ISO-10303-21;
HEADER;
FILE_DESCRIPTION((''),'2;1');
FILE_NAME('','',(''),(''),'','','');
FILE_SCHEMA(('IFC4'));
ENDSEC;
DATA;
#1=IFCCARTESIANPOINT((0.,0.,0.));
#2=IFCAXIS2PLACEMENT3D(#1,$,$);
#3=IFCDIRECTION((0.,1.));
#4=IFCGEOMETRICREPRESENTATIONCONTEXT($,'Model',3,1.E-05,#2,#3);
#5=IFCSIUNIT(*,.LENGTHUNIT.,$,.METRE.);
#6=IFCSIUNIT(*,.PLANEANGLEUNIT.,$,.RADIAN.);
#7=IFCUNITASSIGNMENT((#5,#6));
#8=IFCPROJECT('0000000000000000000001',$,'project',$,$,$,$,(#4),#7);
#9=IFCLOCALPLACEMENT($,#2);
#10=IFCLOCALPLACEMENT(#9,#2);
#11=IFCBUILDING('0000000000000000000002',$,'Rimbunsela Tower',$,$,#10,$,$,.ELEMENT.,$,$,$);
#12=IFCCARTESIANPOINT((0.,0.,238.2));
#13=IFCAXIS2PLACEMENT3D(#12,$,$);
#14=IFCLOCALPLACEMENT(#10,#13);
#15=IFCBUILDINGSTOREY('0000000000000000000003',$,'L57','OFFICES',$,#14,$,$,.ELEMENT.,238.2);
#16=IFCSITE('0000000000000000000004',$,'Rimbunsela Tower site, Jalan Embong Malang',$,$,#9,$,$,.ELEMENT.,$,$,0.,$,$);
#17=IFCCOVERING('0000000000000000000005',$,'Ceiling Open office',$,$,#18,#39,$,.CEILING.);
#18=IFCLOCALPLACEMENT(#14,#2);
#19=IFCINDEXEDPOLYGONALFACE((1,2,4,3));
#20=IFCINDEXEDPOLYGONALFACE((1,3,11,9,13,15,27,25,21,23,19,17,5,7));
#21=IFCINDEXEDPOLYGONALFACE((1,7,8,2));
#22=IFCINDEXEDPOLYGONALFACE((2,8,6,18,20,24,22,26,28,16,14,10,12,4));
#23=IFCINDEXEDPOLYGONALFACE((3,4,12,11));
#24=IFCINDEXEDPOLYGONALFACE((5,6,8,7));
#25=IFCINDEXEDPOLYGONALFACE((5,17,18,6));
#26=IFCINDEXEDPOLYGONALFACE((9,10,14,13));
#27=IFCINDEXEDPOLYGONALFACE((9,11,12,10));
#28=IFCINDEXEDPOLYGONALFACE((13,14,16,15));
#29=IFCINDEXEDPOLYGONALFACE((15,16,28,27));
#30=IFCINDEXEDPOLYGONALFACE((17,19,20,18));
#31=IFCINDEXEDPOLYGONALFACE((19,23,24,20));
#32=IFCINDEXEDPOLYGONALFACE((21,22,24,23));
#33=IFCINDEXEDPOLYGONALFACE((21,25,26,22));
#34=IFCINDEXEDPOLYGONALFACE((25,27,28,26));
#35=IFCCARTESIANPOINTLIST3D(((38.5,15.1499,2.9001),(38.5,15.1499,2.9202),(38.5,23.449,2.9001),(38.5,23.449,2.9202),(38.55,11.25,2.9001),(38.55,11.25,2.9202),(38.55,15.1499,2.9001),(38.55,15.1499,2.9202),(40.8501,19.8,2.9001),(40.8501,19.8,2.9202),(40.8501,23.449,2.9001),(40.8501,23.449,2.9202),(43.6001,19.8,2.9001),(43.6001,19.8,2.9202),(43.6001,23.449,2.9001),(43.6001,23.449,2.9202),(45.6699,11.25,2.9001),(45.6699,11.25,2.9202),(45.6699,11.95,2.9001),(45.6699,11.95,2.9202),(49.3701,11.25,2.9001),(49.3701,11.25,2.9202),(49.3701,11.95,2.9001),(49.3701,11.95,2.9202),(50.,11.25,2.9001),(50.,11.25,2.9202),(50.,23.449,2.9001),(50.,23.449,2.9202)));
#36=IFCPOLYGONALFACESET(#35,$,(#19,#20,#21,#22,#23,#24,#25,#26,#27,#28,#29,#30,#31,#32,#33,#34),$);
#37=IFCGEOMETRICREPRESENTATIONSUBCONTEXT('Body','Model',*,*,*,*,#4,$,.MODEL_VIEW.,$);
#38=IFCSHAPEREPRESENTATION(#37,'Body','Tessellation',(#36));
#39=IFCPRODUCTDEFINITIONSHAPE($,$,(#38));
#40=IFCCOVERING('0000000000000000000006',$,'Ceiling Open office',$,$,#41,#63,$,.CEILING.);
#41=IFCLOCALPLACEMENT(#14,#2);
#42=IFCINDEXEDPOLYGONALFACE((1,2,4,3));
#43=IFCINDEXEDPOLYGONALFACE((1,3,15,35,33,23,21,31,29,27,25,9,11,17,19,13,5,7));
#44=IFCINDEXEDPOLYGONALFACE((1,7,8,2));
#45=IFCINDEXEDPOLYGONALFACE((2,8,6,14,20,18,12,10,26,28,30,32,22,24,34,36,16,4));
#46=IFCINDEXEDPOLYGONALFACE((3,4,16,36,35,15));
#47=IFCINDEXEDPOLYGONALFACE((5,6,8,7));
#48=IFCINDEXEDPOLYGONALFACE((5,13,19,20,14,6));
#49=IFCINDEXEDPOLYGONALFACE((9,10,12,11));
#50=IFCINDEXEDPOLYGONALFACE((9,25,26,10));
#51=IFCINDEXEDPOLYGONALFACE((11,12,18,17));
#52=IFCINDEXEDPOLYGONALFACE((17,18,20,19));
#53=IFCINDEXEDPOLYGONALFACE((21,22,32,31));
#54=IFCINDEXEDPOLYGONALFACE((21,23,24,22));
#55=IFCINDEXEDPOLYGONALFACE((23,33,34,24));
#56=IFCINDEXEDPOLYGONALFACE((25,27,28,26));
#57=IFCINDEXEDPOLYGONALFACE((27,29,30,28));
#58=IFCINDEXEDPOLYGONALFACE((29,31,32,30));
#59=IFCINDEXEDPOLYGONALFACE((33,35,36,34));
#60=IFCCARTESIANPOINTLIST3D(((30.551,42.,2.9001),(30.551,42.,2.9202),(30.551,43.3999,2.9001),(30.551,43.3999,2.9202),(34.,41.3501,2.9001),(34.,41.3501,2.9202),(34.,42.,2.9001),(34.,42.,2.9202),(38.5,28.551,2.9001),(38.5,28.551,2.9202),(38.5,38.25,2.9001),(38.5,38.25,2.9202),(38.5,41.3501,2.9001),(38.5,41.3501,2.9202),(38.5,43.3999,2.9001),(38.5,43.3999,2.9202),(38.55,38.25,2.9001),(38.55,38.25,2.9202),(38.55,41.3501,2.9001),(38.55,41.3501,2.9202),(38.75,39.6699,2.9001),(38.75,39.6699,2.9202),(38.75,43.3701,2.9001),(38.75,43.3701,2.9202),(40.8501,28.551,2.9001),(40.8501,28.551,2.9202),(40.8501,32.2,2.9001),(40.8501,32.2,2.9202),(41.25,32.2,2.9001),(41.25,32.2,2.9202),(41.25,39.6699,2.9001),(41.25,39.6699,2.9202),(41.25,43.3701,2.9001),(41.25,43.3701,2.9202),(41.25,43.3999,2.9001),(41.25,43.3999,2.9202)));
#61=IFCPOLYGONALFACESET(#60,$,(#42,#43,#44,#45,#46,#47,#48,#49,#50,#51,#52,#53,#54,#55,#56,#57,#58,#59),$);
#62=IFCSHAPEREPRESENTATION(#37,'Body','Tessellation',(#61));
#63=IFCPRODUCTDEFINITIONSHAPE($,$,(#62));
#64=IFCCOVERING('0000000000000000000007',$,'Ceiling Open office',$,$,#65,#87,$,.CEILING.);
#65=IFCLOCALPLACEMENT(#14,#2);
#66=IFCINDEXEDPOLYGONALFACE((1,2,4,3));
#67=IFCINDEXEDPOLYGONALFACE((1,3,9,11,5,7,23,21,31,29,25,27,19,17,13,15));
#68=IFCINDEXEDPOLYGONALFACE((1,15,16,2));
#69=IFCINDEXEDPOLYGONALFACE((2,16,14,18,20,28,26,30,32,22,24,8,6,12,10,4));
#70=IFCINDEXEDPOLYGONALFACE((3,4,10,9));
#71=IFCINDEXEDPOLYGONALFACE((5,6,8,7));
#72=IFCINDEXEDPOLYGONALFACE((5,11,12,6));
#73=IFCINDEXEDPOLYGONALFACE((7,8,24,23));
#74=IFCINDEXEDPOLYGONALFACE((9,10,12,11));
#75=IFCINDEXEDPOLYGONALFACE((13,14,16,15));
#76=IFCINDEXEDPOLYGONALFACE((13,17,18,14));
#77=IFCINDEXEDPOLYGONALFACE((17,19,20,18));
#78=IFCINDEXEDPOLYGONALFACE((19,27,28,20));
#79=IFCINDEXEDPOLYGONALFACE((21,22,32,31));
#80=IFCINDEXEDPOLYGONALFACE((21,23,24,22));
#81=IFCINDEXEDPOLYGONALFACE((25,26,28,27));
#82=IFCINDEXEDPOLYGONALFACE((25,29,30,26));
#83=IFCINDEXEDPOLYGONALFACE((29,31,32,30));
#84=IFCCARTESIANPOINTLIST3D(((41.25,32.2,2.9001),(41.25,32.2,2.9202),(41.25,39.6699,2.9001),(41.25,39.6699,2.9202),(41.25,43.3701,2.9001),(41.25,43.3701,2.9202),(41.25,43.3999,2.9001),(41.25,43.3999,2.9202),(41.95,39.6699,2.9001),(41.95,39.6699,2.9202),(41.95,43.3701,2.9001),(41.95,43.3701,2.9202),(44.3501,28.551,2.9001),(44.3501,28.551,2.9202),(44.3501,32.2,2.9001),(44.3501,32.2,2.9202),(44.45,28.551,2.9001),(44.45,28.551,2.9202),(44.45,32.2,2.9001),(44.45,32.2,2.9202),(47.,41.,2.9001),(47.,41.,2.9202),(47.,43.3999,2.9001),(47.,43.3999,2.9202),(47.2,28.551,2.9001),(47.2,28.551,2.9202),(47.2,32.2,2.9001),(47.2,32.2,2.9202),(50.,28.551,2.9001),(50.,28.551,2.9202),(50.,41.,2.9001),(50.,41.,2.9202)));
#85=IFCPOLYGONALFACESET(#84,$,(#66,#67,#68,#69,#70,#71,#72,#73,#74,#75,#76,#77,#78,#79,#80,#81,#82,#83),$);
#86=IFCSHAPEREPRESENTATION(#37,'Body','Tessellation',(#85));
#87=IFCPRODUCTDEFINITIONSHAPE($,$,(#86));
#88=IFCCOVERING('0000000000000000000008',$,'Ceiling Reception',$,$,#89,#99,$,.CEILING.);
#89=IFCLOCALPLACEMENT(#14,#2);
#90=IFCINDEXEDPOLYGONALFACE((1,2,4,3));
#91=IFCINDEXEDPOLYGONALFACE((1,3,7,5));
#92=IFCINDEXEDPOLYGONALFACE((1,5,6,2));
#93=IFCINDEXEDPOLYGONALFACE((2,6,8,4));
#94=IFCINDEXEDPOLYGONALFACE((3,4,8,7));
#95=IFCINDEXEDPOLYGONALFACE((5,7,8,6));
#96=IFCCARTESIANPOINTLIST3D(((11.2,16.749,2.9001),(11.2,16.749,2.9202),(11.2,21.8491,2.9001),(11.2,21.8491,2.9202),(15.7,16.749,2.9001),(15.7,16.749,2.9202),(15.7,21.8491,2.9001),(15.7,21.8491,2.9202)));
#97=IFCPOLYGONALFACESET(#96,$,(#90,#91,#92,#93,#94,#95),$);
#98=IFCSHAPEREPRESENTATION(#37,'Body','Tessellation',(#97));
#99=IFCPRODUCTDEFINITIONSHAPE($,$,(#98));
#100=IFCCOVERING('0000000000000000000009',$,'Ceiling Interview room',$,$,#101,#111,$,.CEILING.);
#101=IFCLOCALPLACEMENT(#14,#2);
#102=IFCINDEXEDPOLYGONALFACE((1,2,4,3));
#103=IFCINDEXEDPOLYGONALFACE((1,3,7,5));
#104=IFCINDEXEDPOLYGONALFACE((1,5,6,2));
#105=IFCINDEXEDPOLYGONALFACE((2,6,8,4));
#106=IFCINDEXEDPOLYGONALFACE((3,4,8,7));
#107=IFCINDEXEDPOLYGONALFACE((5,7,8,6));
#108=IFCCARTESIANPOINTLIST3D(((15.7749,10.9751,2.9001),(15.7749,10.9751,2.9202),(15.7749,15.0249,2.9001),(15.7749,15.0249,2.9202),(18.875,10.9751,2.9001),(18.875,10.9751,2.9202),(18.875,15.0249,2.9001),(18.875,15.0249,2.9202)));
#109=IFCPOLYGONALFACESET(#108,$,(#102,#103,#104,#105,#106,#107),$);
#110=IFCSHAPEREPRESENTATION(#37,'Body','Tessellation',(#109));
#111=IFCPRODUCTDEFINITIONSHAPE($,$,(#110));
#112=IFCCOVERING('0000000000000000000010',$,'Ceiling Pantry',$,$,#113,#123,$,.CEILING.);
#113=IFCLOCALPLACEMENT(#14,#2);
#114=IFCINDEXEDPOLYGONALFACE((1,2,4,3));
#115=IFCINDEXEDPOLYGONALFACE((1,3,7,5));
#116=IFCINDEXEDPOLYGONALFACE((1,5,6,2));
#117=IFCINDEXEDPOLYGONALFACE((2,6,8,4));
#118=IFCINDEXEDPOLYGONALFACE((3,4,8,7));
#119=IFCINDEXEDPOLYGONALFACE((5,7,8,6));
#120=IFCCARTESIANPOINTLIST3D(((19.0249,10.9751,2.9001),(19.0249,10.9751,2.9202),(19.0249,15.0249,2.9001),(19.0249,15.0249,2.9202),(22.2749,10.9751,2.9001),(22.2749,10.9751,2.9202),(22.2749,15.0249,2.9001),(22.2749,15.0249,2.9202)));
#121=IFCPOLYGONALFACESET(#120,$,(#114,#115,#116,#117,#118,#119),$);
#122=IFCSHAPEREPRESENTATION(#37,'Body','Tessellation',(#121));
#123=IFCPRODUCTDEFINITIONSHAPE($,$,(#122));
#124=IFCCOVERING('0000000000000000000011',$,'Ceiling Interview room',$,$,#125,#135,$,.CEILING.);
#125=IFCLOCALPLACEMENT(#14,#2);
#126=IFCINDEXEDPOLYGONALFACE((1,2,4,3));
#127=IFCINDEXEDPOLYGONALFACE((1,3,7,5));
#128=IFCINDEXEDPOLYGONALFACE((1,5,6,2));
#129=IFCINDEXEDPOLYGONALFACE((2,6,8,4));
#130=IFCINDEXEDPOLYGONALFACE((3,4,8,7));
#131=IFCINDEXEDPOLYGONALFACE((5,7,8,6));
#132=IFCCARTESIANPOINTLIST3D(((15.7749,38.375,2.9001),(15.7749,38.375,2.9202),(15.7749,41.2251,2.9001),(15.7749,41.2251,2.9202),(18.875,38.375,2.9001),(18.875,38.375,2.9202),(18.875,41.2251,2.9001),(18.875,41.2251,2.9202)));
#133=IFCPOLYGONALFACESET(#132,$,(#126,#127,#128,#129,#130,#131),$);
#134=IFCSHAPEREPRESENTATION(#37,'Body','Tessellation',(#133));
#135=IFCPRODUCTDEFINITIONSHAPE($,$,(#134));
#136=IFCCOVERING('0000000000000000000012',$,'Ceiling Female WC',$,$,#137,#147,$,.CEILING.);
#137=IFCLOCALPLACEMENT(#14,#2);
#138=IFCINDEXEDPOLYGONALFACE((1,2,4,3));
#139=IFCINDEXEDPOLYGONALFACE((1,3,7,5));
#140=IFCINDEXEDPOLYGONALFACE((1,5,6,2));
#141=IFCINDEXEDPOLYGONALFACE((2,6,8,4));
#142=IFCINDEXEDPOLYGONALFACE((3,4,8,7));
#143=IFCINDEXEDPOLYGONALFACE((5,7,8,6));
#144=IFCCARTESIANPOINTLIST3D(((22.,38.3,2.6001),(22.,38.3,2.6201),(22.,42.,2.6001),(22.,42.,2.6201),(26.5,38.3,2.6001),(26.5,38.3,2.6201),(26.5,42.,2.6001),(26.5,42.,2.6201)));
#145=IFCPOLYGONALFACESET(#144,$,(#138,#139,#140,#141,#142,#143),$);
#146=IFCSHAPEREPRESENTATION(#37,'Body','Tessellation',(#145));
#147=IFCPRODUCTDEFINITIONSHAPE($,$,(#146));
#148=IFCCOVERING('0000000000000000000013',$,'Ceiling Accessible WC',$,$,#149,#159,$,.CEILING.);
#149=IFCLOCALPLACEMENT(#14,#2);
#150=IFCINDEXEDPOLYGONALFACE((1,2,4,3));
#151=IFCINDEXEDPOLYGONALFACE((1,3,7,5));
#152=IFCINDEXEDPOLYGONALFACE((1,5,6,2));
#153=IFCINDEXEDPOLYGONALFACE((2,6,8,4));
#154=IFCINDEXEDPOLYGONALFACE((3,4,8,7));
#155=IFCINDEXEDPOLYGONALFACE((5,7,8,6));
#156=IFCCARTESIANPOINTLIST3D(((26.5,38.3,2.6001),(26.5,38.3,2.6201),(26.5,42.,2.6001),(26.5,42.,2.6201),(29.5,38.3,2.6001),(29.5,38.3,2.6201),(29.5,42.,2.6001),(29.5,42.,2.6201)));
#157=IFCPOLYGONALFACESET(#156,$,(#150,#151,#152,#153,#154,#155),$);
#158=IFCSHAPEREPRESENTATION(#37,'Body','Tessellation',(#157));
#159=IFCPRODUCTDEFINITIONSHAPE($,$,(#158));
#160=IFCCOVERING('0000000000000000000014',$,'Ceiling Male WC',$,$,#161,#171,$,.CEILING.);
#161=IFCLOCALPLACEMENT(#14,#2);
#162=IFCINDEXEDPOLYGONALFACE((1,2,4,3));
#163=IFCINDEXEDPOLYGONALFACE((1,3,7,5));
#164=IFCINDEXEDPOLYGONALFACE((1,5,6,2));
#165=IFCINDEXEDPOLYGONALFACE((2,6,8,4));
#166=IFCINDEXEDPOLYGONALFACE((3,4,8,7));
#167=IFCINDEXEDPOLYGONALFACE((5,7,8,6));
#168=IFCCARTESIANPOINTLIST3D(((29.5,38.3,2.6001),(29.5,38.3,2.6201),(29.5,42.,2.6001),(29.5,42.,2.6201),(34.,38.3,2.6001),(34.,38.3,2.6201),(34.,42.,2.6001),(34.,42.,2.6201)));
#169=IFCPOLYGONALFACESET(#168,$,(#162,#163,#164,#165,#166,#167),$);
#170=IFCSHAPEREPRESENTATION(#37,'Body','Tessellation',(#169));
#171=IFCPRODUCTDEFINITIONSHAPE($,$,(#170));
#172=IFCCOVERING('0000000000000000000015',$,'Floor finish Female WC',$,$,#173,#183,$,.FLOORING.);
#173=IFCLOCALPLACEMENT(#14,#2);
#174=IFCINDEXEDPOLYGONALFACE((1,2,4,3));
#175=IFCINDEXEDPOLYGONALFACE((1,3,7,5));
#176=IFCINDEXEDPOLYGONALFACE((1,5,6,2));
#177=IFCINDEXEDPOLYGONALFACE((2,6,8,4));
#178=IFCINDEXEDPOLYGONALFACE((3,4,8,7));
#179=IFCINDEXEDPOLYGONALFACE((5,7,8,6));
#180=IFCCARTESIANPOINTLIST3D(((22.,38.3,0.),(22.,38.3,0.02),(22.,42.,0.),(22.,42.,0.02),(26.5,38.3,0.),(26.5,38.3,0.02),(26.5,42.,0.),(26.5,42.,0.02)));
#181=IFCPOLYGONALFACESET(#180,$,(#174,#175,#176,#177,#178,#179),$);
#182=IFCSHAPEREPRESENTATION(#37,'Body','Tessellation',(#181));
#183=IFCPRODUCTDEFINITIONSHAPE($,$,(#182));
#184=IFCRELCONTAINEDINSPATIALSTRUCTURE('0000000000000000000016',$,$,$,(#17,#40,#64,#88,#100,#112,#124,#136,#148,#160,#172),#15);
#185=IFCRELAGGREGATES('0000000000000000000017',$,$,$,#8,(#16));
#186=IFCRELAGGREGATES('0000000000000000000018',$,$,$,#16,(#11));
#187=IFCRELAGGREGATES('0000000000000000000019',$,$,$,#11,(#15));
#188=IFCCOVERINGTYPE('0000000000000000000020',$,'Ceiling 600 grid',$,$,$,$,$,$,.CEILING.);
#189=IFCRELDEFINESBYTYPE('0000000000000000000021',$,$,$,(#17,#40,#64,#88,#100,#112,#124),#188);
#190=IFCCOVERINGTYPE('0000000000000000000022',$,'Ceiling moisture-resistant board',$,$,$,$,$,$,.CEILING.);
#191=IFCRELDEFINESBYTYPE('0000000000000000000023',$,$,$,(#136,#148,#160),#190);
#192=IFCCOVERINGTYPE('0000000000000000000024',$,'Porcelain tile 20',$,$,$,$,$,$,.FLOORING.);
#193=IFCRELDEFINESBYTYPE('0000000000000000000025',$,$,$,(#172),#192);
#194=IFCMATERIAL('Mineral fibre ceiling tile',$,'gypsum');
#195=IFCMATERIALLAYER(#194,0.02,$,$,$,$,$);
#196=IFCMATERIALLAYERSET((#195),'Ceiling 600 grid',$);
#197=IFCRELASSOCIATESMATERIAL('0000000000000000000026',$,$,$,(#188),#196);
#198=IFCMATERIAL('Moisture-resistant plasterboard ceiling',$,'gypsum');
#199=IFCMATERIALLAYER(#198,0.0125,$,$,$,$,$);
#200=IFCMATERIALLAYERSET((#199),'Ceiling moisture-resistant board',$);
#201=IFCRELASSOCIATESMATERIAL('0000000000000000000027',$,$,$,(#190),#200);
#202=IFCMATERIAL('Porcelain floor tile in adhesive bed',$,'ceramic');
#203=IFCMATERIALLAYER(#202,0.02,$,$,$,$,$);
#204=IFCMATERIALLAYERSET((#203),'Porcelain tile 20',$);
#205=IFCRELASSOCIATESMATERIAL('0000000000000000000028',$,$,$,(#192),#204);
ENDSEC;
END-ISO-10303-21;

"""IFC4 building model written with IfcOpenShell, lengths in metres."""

from ifc_helpers import new_model, si_unit, direction, frame, origin, place, context, subcontext, project, spatial, polyline, outline, extrude, material, layer, layer_set, type_object, element, save


model = new_model("IFC4")

# Units and contexts
model_context = context("Model", 3, precision=1e-05, world=origin(), true_north=direction((0.0, 1.0)))
body_context = subcontext(model_context, "Body", "Model", "MODEL_VIEW")
ifc_project = project(units=[si_unit("LENGTHUNIT", "METRE"), si_unit("PLANEANGLEUNIT", "RADIAN")], contexts=[model_context])

# Site, building, storey
site_placement = place(None, origin())
site = spatial("IfcSite", under=ifc_project, at=site_placement, Name="Rimbunsela Tower site, Jalan Embong Malang", CompositionType="ELEMENT", RefElevation=0.0)
building_placement = place(site_placement, origin())
building = spatial("IfcBuilding", under=site, at=building_placement, Name="Rimbunsela Tower", CompositionType="ELEMENT")
storey_placement = place(building_placement, frame((0.0, 0.0, 238.2)))
storey = spatial("IfcBuildingStorey", under=building, at=storey_placement, Name="L57", Description="OFFICES", CompositionType="ELEMENT", Elevation=238.2)

# Coverings
ifc_material_1 = material(Name="Mineral fibre ceiling tile", Category="gypsum")
ifc_layer_1 = layer(ifc_material_1, 0.02)
ifc_layer_set_1 = layer_set([ifc_layer_1], Name="Ceiling 600 grid")
covering_type_1 = type_object("IfcCoveringType", Name="Ceiling 600 grid", PredefinedType="CEILING", material=ifc_layer_set_1)
covering_1_placement = place(storey_placement, frame((0.0, 0.0, 2.9001)))
element("IfcCovering", 1, at=covering_1_placement, inside=storey, type_object=covering_type_1, Name="Ceiling Open office", PredefinedType="CEILING", context=body_context, shape_type="SweptSolid", body=[
    extrude(outline(polyline([(38.55, 11.25), (38.55, 15.1499), (38.5, 15.1499), (38.5, 23.449), (40.8501, 23.449), (40.8501, 19.8), (43.6001, 19.8), (43.6001, 23.449), (50.0, 23.449), (50.0, 11.25), (49.3701, 11.25), (49.3701, 11.95), (45.6699, 11.95), (45.6699, 11.25), (38.55, 11.25)])), origin(), (0.0, 0.0, 1.0), 0.02),
])
covering_2_placement = place(storey_placement, frame((0.0, 0.0, 2.9001)))
element("IfcCovering", 2, at=covering_2_placement, inside=storey, type_object=covering_type_1, Name="Ceiling Open office", PredefinedType="CEILING", context=body_context, shape_type="SweptSolid", body=[
    extrude(outline(polyline([(41.25, 32.2), (40.8501, 32.2), (40.8501, 28.551), (38.5, 28.551), (38.5, 38.25), (38.55, 38.25), (38.55, 41.3501), (38.5, 41.3501), (34.0, 41.3501), (34.0, 42.0), (30.551, 42.0), (30.551, 43.3999), (38.5, 43.3999), (41.25, 43.3999), (41.25, 43.3701), (38.75, 43.3701), (38.75, 39.6699), (41.25, 39.6699), (41.25, 32.2)])), origin(), (0.0, 0.0, 1.0), 0.02),
])
covering_3_placement = place(storey_placement, frame((0.0, 0.0, 2.9001)))
element("IfcCovering", 3, at=covering_3_placement, inside=storey, type_object=covering_type_1, Name="Ceiling Open office", PredefinedType="CEILING", context=body_context, shape_type="SweptSolid", body=[
    extrude(outline(polyline([(47.0, 41.0), (50.0, 41.0), (50.0, 28.551), (47.2, 28.551), (47.2, 32.2), (44.45, 32.2), (44.45, 28.551), (44.3501, 28.551), (44.3501, 32.2), (41.25, 32.2), (41.25, 39.6699), (41.95, 39.6699), (41.95, 43.3701), (41.25, 43.3701), (41.25, 43.3999), (47.0, 43.3999), (47.0, 41.0)])), origin(), (0.0, 0.0, 1.0), 0.02),
])
covering_4_placement = place(storey_placement, frame((0.0, 0.0, 2.9001)))
element("IfcCovering", 4, at=covering_4_placement, inside=storey, type_object=covering_type_1, Name="Ceiling Reception", PredefinedType="CEILING", context=body_context, shape_type="SweptSolid", body=[
    extrude(outline(polyline([(15.7, 16.749), (15.7, 21.8491), (11.2, 21.8491), (11.2, 16.749), (15.7, 16.749)])), origin(), (0.0, 0.0, 1.0), 0.02),
])
covering_5_placement = place(storey_placement, frame((0.0, 0.0, 2.9001)))
element("IfcCovering", 5, at=covering_5_placement, inside=storey, type_object=covering_type_1, Name="Ceiling Interview room", PredefinedType="CEILING", context=body_context, shape_type="SweptSolid", body=[
    extrude(outline(polyline([(18.875, 10.9751), (18.875, 15.0249), (15.7749, 15.0249), (15.7749, 10.9751), (18.875, 10.9751)])), origin(), (0.0, 0.0, 1.0), 0.02),
])
covering_6_placement = place(storey_placement, frame((0.0, 0.0, 2.9001)))
element("IfcCovering", 6, at=covering_6_placement, inside=storey, type_object=covering_type_1, Name="Ceiling Pantry", PredefinedType="CEILING", context=body_context, shape_type="SweptSolid", body=[
    extrude(outline(polyline([(22.2749, 10.9751), (22.2749, 15.0249), (19.0249, 15.0249), (19.0249, 10.9751), (22.2749, 10.9751)])), origin(), (0.0, 0.0, 1.0), 0.02),
])
covering_7_placement = place(storey_placement, frame((0.0, 0.0, 2.9001)))
element("IfcCovering", 7, at=covering_7_placement, inside=storey, type_object=covering_type_1, Name="Ceiling Interview room", PredefinedType="CEILING", context=body_context, shape_type="SweptSolid", body=[
    extrude(outline(polyline([(18.875, 38.375), (18.875, 41.2251), (15.7749, 41.2251), (15.7749, 38.375), (18.875, 38.375)])), origin(), (0.0, 0.0, 1.0), 0.02),
])
ifc_material_2 = material(Name="Moisture-resistant plasterboard ceiling", Category="gypsum")
ifc_layer_2 = layer(ifc_material_2, 0.0125)
ifc_layer_set_2 = layer_set([ifc_layer_2], Name="Ceiling moisture-resistant board")
covering_type_2 = type_object("IfcCoveringType", Name="Ceiling moisture-resistant board", PredefinedType="CEILING", material=ifc_layer_set_2)
covering_8_placement = place(storey_placement, frame((0.0, 0.0, 2.6001)))
element("IfcCovering", 8, at=covering_8_placement, inside=storey, type_object=covering_type_2, Name="Ceiling Female WC", PredefinedType="CEILING", context=body_context, shape_type="SweptSolid", body=[
    extrude(outline(polyline([(26.5, 38.3), (26.5, 42.0), (22.0, 42.0), (22.0, 38.3), (26.5, 38.3)])), origin(), (0.0, 0.0, 1.0), 0.02),
])
covering_9_placement = place(storey_placement, frame((0.0, 0.0, 2.6001)))
element("IfcCovering", 9, at=covering_9_placement, inside=storey, type_object=covering_type_2, Name="Ceiling Accessible WC", PredefinedType="CEILING", context=body_context, shape_type="SweptSolid", body=[
    extrude(outline(polyline([(29.5, 38.3), (29.5, 42.0), (26.5, 42.0), (26.5, 38.3), (29.5, 38.3)])), origin(), (0.0, 0.0, 1.0), 0.02),
])
covering_10_placement = place(storey_placement, frame((0.0, 0.0, 2.6001)))
element("IfcCovering", 10, at=covering_10_placement, inside=storey, type_object=covering_type_2, Name="Ceiling Male WC", PredefinedType="CEILING", context=body_context, shape_type="SweptSolid", body=[
    extrude(outline(polyline([(34.0, 38.3), (34.0, 42.0), (29.5, 42.0), (29.5, 38.3), (34.0, 38.3)])), origin(), (0.0, 0.0, 1.0), 0.02),
])
ifc_material_3 = material(Name="Porcelain floor tile in adhesive bed", Category="ceramic")
ifc_layer_3 = layer(ifc_material_3, 0.02)
ifc_layer_set_3 = layer_set([ifc_layer_3], Name="Porcelain tile 20")
covering_type_3 = type_object("IfcCoveringType", Name="Porcelain tile 20", PredefinedType="FLOORING", material=ifc_layer_set_3)
covering_11_placement = place(storey_placement, origin())
element("IfcCovering", 11, at=covering_11_placement, inside=storey, type_object=covering_type_3, Name="Floor finish Female WC", PredefinedType="FLOORING", context=body_context, shape_type="SweptSolid", body=[
    extrude(outline(polyline([(26.5, 38.3), (26.5, 42.0), (22.0, 42.0), (22.0, 38.3), (26.5, 38.3)])), origin(), (0.0, 0.0, 1.0), 0.02),
])

save(model, "model.ifc")
